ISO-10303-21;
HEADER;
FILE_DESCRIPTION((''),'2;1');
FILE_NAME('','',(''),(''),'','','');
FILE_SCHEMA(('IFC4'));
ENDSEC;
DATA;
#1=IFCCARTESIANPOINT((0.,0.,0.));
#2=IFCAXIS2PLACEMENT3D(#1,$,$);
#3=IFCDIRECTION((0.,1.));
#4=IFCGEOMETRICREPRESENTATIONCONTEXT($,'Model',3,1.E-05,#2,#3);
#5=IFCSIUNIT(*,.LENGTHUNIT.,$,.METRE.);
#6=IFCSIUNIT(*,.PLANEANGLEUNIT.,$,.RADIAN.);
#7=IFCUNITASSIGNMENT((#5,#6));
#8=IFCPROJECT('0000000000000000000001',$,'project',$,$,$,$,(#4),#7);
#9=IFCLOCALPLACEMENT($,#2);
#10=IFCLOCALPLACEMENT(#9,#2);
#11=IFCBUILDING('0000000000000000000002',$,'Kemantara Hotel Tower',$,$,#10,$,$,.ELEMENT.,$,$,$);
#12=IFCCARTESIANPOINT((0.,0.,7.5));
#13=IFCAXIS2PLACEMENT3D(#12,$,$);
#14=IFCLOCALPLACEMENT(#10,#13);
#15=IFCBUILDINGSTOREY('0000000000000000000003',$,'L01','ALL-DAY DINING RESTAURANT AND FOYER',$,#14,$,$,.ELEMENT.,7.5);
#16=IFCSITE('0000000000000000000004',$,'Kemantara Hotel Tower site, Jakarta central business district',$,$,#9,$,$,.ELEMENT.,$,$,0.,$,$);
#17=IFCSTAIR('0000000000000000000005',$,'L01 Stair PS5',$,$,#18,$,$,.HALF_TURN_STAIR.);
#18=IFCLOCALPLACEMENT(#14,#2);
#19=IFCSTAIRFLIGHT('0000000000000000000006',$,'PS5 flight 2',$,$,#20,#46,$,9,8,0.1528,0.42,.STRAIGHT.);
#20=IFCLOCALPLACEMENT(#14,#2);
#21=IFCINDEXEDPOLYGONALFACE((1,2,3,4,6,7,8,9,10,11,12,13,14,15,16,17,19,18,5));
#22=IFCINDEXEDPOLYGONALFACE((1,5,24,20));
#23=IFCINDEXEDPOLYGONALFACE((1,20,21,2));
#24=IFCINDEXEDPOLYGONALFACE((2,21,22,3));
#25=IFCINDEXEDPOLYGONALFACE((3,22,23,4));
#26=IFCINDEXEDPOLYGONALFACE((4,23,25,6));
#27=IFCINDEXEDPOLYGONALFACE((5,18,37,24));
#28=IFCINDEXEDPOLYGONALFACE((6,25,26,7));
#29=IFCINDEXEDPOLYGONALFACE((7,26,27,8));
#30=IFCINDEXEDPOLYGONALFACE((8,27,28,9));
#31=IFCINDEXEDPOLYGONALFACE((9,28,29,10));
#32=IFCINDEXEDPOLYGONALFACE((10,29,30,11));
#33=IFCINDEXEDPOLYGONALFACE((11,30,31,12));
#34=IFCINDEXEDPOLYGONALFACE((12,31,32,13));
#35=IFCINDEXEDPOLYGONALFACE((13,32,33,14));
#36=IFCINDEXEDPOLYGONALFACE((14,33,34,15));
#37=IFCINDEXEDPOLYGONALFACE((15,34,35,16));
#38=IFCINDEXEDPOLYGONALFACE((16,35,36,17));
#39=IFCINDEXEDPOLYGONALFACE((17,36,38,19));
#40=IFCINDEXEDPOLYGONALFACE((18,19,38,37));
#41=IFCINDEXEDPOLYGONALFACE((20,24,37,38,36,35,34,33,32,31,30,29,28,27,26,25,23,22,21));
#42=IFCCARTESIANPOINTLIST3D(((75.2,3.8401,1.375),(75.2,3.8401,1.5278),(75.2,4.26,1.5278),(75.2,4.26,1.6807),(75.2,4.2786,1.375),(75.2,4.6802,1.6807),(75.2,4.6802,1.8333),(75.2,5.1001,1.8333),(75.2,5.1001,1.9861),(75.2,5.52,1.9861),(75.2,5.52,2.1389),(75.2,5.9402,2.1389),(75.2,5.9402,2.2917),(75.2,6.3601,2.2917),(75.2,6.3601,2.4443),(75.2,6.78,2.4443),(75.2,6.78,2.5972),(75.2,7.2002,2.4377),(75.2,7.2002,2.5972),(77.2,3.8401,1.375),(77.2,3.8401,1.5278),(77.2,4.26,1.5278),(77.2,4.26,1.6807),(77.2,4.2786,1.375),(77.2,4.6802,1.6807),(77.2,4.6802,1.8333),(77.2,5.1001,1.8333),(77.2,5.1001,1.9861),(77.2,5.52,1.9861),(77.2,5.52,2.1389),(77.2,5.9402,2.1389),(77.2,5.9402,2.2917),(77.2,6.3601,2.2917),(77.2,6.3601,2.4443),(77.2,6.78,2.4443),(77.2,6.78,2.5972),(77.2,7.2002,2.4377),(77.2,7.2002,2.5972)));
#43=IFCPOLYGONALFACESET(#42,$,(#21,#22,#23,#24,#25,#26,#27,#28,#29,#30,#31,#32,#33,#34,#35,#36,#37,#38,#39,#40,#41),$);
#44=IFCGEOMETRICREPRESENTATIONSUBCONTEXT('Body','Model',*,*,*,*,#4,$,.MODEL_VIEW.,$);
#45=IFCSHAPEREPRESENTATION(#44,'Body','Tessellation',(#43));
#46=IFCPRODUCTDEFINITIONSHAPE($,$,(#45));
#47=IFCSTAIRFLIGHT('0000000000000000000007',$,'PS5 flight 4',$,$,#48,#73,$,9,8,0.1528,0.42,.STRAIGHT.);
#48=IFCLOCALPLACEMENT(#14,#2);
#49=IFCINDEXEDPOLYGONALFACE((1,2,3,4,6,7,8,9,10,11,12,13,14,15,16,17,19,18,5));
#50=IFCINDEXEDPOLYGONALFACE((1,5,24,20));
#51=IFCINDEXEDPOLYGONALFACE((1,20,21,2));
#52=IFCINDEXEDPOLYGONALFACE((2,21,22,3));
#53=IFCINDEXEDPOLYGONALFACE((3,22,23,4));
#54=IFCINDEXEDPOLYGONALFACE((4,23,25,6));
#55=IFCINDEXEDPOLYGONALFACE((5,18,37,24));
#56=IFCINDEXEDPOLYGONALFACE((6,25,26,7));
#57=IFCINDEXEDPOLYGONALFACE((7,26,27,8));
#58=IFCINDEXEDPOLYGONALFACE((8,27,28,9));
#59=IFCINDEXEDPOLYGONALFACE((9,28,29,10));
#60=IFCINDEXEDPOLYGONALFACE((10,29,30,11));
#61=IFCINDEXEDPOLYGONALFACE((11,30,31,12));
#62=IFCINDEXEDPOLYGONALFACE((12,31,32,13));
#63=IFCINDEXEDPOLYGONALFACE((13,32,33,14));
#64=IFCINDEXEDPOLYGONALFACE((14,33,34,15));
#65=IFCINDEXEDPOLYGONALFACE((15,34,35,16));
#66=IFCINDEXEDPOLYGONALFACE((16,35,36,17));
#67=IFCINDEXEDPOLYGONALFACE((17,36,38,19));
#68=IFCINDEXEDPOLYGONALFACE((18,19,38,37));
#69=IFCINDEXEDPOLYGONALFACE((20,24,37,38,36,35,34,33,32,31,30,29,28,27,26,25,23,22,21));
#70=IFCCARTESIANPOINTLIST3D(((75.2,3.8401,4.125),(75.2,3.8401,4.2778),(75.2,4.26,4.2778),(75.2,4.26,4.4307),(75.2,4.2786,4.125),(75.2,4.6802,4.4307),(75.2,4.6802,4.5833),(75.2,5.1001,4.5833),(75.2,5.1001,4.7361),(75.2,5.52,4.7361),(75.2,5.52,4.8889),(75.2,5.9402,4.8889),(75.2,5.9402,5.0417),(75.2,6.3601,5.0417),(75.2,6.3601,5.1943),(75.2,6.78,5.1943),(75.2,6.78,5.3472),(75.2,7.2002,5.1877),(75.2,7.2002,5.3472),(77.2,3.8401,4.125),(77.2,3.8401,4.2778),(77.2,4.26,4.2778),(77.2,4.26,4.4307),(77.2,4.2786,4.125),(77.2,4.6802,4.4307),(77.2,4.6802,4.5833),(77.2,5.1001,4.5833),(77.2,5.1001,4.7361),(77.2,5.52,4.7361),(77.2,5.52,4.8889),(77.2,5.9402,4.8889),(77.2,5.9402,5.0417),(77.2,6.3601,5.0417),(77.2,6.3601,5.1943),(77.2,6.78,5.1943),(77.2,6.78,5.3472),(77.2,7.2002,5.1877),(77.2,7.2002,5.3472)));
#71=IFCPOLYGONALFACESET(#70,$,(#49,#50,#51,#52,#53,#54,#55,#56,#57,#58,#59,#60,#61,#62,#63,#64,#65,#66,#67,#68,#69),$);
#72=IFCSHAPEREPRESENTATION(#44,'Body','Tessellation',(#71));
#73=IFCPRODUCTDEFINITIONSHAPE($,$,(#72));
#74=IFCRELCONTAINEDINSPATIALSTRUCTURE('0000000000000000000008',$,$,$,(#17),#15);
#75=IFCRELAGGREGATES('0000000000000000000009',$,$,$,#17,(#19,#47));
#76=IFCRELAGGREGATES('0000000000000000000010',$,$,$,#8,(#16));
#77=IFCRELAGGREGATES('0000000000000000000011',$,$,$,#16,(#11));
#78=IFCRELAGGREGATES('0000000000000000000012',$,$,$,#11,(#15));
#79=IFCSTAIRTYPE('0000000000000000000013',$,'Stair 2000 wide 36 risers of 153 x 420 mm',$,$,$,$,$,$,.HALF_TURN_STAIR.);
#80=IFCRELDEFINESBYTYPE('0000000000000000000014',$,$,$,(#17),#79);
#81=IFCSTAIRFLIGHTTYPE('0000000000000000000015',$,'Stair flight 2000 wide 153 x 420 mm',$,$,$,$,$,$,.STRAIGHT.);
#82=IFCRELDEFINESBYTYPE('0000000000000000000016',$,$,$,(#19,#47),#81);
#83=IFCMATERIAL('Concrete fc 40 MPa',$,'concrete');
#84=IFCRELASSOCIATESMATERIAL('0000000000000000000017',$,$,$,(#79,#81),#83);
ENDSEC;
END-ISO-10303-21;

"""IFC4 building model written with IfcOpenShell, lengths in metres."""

from ifc_helpers import new_model, si_unit, direction, frame, origin, place, context, subcontext, project, spatial, polyline, outline, extrude, material, type_object, element, aggregate, save


model = new_model("IFC4")

# Units and contexts
model_context = context("Model", 3, precision=1e-05, world=origin(), true_north=direction((0.0, 1.0)))
body_context = subcontext(model_context, "Body", "Model", "MODEL_VIEW")
ifc_project = project(units=[si_unit("LENGTHUNIT", "METRE"), si_unit("PLANEANGLEUNIT", "RADIAN")], contexts=[model_context])

# Site, building, storey
site_placement = place(None, origin())
site = spatial("IfcSite", under=ifc_project, at=site_placement, Name="Kemantara Hotel Tower site, Jakarta central business district", CompositionType="ELEMENT", RefElevation=0.0)
building_placement = place(site_placement, origin())
building = spatial("IfcBuilding", under=site, at=building_placement, Name="Kemantara Hotel Tower", CompositionType="ELEMENT")
storey_placement = place(building_placement, frame((0.0, 0.0, 7.5)))
storey = spatial("IfcBuildingStorey", under=building, at=storey_placement, Name="L01", Description="ALL-DAY DINING RESTAURANT AND FOYER", CompositionType="ELEMENT", Elevation=7.5)

# Shared definitions
ifc_material_1 = material(Name="Concrete fc 40 MPa", Category="concrete")

# Stair, stair flights
stair_type_1 = type_object("IfcStairType", Name="Stair 2000 wide 36 risers of 153 x 420 mm", PredefinedType="HALF_TURN_STAIR", material=ifc_material_1)
stair_1_placement = place(storey_placement, origin())
stair_1 = element("IfcStair", 1, at=stair_1_placement, inside=storey, type_object=stair_type_1, Name="L01 Stair PS5", PredefinedType="HALF_TURN_STAIR")
stair_flight_type_1 = type_object("IfcStairFlightType", Name="Stair flight 2000 wide 153 x 420 mm", PredefinedType="STRAIGHT", material=ifc_material_1)
stair_flight_1_placement = place(storey_placement, frame((76.2, 3.8401, 1.375), z_axis=(0.0, 0.0, 1.0), x_axis=(0.0, 1.0, 0.0)))
stair_flight_1 = element("IfcStairFlight", 2, at=stair_flight_1_placement, type_object=stair_flight_type_1, Name="PS5 flight 2", NumberOfRisers=9, NumberOfTreads=8, PredefinedType="STRAIGHT", RiserHeight=0.1528, TreadLength=0.42, context=body_context, shape_type="SweptSolid", body=[
    extrude(outline(polyline([(0.0, 0.0), (0.0, 0.1528), (0.4199, 0.1528), (0.4199, 0.3057), (0.8401, 0.3057), (0.8401, 0.4583), (1.26, 0.4583), (1.26, 0.6111), (1.6799, 0.6111), (1.6799, 0.7639), (2.1001, 0.7639), (2.1001, 0.9167), (2.52, 0.9167), (2.52, 1.0693), (2.9399, 1.0693), (2.9399, 1.2222), (3.3601, 1.2222), (3.3601, 1.375), (3.3601, 1.0627), (0.4385, 0.0), (0.0, 0.0)])), frame((0.0, 1.0, 0.0), z_axis=(0.0, -1.0, 0.0), x_axis=(1.0, 0.0, 0.0)), (0.0, 0.0, 1.0), 2.0),
])
stair_flight_2_placement = place(storey_placement, frame((76.2, 3.8401, 4.125), z_axis=(0.0, 0.0, 1.0), x_axis=(0.0, 1.0, 0.0)))
stair_flight_2 = element("IfcStairFlight", 3, at=stair_flight_2_placement, type_object=stair_flight_type_1, Name="PS5 flight 4", NumberOfRisers=9, NumberOfTreads=8, PredefinedType="STRAIGHT", RiserHeight=0.1528, TreadLength=0.42, context=body_context, shape_type="SweptSolid", body=[
    extrude(outline(polyline([(0.0, 0.0), (0.0, 0.1528), (0.4199, 0.1528), (0.4199, 0.3057), (0.8401, 0.3057), (0.8401, 0.4583), (1.26, 0.4583), (1.26, 0.6111), (1.6799, 0.6111), (1.6799, 0.7639), (2.1001, 0.7639), (2.1001, 0.9167), (2.52, 0.9167), (2.52, 1.0693), (2.9399, 1.0693), (2.9399, 1.2222), (3.3601, 1.2222), (3.3601, 1.375), (3.3601, 1.0627), (0.4385, 0.0), (0.0, 0.0)])), frame((0.0, 1.0, 0.0), z_axis=(0.0, -1.0, 0.0), x_axis=(1.0, 0.0, 0.0)), (0.0, 0.0, 1.0), 2.0),
])
aggregate(stair_1, [stair_flight_1, stair_flight_2])

save(model, "model.ifc")
